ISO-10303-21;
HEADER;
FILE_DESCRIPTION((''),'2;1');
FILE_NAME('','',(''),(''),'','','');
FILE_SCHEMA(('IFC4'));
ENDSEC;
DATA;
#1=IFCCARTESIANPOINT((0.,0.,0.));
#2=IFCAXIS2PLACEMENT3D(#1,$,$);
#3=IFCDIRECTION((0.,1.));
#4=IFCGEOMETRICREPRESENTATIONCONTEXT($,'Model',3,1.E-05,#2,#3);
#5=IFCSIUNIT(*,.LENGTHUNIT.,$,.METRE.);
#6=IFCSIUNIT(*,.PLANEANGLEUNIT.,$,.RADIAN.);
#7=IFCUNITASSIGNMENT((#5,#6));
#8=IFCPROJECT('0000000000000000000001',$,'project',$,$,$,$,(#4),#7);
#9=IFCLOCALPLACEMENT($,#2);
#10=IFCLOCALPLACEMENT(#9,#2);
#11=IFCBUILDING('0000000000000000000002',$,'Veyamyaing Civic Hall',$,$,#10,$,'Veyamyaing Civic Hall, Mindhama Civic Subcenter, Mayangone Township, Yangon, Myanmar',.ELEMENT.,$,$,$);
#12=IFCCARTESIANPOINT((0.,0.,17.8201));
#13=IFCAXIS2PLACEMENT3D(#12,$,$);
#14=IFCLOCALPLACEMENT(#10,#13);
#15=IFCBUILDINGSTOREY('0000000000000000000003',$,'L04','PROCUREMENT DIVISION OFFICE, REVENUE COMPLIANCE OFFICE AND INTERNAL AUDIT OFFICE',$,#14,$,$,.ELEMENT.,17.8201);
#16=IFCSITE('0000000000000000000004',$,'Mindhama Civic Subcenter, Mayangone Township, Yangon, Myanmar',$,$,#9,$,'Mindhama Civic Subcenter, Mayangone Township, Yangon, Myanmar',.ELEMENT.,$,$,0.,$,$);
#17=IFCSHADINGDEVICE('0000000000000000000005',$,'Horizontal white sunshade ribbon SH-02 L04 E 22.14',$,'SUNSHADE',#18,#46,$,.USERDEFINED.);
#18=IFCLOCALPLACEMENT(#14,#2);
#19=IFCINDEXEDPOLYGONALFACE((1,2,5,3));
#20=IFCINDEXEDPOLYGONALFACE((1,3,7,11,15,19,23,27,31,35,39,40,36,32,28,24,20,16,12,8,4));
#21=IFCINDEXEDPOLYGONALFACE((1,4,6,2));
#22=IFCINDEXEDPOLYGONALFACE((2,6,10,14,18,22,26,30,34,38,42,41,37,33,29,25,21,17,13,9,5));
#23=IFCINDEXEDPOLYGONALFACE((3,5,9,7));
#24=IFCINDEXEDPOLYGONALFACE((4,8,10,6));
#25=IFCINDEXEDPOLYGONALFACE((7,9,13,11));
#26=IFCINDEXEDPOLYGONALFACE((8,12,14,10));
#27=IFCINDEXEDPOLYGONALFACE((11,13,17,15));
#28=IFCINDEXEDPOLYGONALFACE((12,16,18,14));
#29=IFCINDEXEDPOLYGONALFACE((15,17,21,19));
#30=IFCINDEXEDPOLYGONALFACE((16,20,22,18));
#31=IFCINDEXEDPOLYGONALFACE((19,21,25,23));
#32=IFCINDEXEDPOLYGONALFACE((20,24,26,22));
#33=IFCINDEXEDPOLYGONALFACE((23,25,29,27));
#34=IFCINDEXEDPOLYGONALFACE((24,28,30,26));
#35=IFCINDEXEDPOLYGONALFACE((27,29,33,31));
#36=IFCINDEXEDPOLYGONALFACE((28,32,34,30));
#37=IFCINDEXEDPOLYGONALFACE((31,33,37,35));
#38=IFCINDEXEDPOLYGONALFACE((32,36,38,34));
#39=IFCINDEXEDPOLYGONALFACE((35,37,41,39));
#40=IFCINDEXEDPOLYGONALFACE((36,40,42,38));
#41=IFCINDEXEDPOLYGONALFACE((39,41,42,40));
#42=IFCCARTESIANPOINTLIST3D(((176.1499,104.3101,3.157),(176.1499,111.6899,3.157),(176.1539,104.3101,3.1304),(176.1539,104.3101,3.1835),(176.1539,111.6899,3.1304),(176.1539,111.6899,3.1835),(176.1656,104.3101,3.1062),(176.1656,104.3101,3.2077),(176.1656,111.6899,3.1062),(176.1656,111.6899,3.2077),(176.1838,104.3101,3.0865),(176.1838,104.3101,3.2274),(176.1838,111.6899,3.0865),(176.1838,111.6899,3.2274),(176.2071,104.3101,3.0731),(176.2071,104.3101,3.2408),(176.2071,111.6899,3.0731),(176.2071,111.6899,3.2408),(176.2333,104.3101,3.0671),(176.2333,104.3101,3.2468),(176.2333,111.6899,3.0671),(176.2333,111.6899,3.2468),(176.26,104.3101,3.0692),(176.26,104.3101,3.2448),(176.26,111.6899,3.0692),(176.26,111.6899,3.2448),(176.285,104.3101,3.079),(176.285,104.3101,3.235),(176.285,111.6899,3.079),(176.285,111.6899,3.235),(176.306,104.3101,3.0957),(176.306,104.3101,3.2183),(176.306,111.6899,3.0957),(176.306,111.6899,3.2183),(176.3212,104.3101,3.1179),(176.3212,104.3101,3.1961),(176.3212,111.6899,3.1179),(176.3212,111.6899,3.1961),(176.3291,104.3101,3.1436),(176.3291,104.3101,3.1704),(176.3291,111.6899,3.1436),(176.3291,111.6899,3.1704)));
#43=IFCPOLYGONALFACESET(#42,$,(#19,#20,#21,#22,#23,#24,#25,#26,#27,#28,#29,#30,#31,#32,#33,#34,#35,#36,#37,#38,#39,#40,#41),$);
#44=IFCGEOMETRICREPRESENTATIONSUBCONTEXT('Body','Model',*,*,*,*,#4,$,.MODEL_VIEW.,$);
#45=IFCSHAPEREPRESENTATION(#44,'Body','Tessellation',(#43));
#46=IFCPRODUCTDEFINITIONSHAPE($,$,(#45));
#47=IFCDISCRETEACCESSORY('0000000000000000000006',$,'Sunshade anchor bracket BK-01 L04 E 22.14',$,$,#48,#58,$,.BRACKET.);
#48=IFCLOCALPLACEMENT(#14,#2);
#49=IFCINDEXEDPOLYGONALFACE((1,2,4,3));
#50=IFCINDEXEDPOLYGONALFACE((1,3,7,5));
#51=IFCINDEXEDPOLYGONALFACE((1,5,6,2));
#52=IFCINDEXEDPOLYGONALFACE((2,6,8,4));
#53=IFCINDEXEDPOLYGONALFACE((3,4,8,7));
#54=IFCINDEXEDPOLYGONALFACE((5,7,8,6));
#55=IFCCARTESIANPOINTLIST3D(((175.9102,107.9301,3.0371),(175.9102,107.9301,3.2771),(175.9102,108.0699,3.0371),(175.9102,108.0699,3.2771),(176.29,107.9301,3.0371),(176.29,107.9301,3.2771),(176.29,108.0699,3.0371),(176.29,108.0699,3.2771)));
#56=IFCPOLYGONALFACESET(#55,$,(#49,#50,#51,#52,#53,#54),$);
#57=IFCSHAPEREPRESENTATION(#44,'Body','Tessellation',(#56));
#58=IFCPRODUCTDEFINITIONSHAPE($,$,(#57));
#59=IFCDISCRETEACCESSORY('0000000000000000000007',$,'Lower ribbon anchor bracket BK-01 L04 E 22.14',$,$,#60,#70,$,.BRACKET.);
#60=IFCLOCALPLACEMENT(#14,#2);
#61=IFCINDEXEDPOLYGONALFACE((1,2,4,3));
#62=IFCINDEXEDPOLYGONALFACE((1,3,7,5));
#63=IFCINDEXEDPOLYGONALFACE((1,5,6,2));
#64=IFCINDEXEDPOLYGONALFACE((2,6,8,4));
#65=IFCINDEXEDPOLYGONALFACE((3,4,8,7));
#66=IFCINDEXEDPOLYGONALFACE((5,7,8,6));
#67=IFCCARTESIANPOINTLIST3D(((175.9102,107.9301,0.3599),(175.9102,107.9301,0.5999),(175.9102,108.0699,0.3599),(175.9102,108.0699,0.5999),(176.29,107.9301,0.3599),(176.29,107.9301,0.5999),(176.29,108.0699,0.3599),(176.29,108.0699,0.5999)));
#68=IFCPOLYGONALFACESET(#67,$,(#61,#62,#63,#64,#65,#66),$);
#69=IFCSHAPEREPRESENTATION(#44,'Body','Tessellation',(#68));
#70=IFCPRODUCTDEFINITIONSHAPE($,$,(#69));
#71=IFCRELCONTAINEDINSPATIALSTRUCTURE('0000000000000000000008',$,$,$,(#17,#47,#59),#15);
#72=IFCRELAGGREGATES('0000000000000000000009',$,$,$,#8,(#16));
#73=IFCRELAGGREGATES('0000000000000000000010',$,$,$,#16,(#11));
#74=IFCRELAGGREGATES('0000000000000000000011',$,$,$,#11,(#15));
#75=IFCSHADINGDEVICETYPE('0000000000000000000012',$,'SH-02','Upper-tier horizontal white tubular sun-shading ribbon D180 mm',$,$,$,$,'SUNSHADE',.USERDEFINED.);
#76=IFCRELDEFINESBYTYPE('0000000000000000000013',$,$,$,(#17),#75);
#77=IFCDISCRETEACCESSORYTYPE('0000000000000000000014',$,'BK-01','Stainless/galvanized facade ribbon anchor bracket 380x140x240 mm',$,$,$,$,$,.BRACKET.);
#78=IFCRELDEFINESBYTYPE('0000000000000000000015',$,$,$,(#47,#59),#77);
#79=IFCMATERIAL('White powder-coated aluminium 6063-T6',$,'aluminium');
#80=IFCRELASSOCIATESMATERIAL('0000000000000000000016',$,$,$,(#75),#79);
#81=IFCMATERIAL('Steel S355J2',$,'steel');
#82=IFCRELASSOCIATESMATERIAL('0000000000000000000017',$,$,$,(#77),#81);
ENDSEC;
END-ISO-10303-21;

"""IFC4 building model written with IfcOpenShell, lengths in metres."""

from ifc_helpers import new_model, si_unit, direction, frame, origin, origin_2d, place, context, subcontext, project, spatial, rectangle, circle, extrude, material, material_profile, profile_set, type_object, element, save


model = new_model("IFC4")

# Units and contexts
model_context = context("Model", 3, precision=1e-05, world=origin(), true_north=direction((0.0, 1.0)))
body_context = subcontext(model_context, "Body", "Model", "MODEL_VIEW")
ifc_project = project(units=[si_unit("LENGTHUNIT", "METRE"), si_unit("PLANEANGLEUNIT", "RADIAN")], contexts=[model_context])

# Site, building, storey
site_placement = place(None, origin())
site = spatial("IfcSite", under=ifc_project, at=site_placement, Name="Mindhama Civic Subcenter, Mayangone Township, Yangon, Myanmar", LongName="Mindhama Civic Subcenter, Mayangone Township, Yangon, Myanmar", CompositionType="ELEMENT", RefElevation=0.0)
building_placement = place(site_placement, origin())
building = spatial("IfcBuilding", under=site, at=building_placement, Name="Veyamyaing Civic Hall", LongName="Veyamyaing Civic Hall, Mindhama Civic Subcenter, Mayangone Township, Yangon, Myanmar", CompositionType="ELEMENT")
storey_placement = place(building_placement, frame((0.0, 0.0, 17.8201)))
storey = spatial("IfcBuildingStorey", under=building, at=storey_placement, Name="L04", Description="PROCUREMENT DIVISION OFFICE, REVENUE COMPLIANCE OFFICE AND INTERNAL AUDIT OFFICE", CompositionType="ELEMENT", Elevation=17.8201)

# Shared definitions
ifc_material_1 = material(Name="White powder-coated aluminium 6063-T6", Category="aluminium")

# Shading device
ifc_material_profile_1 = material_profile(ifc_material_1, circle(Radius=0.0901, at=origin_2d()), Name="SHADE-TUBE-180")
ifc_profile_set_1 = profile_set([ifc_material_profile_1], Name="White powder-coated aluminium 6063-T6")
shading_device_type = type_object("IfcShadingDeviceType", Name="SH-02", Description="Upper-tier horizontal white tubular sun-shading ribbon D180 mm", ElementType="SUNSHADE", PredefinedType="USERDEFINED", material=ifc_profile_set_1)
shading_device_placement = place(storey_placement, frame((176.24, 104.3101, 3.157), z_axis=(0.0, 1.0, 0.0), x_axis=(-1.0, 0.0, 0.0)))
element("IfcShadingDevice", 1, at=shading_device_placement, inside=storey, type_object=shading_device_type, Name="Horizontal white sunshade ribbon SH-02 L04 E 22.14", ObjectType="SUNSHADE", PredefinedType="USERDEFINED", context=body_context, shape_type="SweptSolid", body=[
    extrude(circle(Radius=0.0901, at=origin_2d()), origin(), (0.0, 0.0, 1.0), 7.3799),
])

# Discrete accessories
ifc_material_2 = material(Name="Steel S355J2", Category="steel")
discrete_accessory_type = type_object("IfcDiscreteAccessoryType", Name="BK-01", Description="Stainless/galvanized facade ribbon anchor bracket 380x140x240 mm", PredefinedType="BRACKET", material=ifc_material_2)
for number, where, z_axis, x_axis, name in (
    (2, (176.1001, 108.0, 3.0371), (0.0, 0.0, 1.0), (1.0, 0.0, 0.0), "Sunshade anchor bracket BK-01 L04 E 22.14"),
    (3, (176.1001, 108.0, 0.3599), (0.0, 0.0, 1.0), (1.0, 0.0, 0.0), "Lower ribbon anchor bracket BK-01 L04 E 22.14"),
):
    element("IfcDiscreteAccessory", number, at=place(storey_placement, frame(where, z_axis=z_axis, x_axis=x_axis)), inside=storey, type_object=discrete_accessory_type, Name=name, PredefinedType="BRACKET", context=body_context, shape_type="SweptSolid", body=[
        extrude(rectangle(XDim=0.3799, YDim=0.1399, at=origin_2d()), origin(), (0.0, 0.0, 1.0), 0.24),
    ])

save(model, "model.ifc")
